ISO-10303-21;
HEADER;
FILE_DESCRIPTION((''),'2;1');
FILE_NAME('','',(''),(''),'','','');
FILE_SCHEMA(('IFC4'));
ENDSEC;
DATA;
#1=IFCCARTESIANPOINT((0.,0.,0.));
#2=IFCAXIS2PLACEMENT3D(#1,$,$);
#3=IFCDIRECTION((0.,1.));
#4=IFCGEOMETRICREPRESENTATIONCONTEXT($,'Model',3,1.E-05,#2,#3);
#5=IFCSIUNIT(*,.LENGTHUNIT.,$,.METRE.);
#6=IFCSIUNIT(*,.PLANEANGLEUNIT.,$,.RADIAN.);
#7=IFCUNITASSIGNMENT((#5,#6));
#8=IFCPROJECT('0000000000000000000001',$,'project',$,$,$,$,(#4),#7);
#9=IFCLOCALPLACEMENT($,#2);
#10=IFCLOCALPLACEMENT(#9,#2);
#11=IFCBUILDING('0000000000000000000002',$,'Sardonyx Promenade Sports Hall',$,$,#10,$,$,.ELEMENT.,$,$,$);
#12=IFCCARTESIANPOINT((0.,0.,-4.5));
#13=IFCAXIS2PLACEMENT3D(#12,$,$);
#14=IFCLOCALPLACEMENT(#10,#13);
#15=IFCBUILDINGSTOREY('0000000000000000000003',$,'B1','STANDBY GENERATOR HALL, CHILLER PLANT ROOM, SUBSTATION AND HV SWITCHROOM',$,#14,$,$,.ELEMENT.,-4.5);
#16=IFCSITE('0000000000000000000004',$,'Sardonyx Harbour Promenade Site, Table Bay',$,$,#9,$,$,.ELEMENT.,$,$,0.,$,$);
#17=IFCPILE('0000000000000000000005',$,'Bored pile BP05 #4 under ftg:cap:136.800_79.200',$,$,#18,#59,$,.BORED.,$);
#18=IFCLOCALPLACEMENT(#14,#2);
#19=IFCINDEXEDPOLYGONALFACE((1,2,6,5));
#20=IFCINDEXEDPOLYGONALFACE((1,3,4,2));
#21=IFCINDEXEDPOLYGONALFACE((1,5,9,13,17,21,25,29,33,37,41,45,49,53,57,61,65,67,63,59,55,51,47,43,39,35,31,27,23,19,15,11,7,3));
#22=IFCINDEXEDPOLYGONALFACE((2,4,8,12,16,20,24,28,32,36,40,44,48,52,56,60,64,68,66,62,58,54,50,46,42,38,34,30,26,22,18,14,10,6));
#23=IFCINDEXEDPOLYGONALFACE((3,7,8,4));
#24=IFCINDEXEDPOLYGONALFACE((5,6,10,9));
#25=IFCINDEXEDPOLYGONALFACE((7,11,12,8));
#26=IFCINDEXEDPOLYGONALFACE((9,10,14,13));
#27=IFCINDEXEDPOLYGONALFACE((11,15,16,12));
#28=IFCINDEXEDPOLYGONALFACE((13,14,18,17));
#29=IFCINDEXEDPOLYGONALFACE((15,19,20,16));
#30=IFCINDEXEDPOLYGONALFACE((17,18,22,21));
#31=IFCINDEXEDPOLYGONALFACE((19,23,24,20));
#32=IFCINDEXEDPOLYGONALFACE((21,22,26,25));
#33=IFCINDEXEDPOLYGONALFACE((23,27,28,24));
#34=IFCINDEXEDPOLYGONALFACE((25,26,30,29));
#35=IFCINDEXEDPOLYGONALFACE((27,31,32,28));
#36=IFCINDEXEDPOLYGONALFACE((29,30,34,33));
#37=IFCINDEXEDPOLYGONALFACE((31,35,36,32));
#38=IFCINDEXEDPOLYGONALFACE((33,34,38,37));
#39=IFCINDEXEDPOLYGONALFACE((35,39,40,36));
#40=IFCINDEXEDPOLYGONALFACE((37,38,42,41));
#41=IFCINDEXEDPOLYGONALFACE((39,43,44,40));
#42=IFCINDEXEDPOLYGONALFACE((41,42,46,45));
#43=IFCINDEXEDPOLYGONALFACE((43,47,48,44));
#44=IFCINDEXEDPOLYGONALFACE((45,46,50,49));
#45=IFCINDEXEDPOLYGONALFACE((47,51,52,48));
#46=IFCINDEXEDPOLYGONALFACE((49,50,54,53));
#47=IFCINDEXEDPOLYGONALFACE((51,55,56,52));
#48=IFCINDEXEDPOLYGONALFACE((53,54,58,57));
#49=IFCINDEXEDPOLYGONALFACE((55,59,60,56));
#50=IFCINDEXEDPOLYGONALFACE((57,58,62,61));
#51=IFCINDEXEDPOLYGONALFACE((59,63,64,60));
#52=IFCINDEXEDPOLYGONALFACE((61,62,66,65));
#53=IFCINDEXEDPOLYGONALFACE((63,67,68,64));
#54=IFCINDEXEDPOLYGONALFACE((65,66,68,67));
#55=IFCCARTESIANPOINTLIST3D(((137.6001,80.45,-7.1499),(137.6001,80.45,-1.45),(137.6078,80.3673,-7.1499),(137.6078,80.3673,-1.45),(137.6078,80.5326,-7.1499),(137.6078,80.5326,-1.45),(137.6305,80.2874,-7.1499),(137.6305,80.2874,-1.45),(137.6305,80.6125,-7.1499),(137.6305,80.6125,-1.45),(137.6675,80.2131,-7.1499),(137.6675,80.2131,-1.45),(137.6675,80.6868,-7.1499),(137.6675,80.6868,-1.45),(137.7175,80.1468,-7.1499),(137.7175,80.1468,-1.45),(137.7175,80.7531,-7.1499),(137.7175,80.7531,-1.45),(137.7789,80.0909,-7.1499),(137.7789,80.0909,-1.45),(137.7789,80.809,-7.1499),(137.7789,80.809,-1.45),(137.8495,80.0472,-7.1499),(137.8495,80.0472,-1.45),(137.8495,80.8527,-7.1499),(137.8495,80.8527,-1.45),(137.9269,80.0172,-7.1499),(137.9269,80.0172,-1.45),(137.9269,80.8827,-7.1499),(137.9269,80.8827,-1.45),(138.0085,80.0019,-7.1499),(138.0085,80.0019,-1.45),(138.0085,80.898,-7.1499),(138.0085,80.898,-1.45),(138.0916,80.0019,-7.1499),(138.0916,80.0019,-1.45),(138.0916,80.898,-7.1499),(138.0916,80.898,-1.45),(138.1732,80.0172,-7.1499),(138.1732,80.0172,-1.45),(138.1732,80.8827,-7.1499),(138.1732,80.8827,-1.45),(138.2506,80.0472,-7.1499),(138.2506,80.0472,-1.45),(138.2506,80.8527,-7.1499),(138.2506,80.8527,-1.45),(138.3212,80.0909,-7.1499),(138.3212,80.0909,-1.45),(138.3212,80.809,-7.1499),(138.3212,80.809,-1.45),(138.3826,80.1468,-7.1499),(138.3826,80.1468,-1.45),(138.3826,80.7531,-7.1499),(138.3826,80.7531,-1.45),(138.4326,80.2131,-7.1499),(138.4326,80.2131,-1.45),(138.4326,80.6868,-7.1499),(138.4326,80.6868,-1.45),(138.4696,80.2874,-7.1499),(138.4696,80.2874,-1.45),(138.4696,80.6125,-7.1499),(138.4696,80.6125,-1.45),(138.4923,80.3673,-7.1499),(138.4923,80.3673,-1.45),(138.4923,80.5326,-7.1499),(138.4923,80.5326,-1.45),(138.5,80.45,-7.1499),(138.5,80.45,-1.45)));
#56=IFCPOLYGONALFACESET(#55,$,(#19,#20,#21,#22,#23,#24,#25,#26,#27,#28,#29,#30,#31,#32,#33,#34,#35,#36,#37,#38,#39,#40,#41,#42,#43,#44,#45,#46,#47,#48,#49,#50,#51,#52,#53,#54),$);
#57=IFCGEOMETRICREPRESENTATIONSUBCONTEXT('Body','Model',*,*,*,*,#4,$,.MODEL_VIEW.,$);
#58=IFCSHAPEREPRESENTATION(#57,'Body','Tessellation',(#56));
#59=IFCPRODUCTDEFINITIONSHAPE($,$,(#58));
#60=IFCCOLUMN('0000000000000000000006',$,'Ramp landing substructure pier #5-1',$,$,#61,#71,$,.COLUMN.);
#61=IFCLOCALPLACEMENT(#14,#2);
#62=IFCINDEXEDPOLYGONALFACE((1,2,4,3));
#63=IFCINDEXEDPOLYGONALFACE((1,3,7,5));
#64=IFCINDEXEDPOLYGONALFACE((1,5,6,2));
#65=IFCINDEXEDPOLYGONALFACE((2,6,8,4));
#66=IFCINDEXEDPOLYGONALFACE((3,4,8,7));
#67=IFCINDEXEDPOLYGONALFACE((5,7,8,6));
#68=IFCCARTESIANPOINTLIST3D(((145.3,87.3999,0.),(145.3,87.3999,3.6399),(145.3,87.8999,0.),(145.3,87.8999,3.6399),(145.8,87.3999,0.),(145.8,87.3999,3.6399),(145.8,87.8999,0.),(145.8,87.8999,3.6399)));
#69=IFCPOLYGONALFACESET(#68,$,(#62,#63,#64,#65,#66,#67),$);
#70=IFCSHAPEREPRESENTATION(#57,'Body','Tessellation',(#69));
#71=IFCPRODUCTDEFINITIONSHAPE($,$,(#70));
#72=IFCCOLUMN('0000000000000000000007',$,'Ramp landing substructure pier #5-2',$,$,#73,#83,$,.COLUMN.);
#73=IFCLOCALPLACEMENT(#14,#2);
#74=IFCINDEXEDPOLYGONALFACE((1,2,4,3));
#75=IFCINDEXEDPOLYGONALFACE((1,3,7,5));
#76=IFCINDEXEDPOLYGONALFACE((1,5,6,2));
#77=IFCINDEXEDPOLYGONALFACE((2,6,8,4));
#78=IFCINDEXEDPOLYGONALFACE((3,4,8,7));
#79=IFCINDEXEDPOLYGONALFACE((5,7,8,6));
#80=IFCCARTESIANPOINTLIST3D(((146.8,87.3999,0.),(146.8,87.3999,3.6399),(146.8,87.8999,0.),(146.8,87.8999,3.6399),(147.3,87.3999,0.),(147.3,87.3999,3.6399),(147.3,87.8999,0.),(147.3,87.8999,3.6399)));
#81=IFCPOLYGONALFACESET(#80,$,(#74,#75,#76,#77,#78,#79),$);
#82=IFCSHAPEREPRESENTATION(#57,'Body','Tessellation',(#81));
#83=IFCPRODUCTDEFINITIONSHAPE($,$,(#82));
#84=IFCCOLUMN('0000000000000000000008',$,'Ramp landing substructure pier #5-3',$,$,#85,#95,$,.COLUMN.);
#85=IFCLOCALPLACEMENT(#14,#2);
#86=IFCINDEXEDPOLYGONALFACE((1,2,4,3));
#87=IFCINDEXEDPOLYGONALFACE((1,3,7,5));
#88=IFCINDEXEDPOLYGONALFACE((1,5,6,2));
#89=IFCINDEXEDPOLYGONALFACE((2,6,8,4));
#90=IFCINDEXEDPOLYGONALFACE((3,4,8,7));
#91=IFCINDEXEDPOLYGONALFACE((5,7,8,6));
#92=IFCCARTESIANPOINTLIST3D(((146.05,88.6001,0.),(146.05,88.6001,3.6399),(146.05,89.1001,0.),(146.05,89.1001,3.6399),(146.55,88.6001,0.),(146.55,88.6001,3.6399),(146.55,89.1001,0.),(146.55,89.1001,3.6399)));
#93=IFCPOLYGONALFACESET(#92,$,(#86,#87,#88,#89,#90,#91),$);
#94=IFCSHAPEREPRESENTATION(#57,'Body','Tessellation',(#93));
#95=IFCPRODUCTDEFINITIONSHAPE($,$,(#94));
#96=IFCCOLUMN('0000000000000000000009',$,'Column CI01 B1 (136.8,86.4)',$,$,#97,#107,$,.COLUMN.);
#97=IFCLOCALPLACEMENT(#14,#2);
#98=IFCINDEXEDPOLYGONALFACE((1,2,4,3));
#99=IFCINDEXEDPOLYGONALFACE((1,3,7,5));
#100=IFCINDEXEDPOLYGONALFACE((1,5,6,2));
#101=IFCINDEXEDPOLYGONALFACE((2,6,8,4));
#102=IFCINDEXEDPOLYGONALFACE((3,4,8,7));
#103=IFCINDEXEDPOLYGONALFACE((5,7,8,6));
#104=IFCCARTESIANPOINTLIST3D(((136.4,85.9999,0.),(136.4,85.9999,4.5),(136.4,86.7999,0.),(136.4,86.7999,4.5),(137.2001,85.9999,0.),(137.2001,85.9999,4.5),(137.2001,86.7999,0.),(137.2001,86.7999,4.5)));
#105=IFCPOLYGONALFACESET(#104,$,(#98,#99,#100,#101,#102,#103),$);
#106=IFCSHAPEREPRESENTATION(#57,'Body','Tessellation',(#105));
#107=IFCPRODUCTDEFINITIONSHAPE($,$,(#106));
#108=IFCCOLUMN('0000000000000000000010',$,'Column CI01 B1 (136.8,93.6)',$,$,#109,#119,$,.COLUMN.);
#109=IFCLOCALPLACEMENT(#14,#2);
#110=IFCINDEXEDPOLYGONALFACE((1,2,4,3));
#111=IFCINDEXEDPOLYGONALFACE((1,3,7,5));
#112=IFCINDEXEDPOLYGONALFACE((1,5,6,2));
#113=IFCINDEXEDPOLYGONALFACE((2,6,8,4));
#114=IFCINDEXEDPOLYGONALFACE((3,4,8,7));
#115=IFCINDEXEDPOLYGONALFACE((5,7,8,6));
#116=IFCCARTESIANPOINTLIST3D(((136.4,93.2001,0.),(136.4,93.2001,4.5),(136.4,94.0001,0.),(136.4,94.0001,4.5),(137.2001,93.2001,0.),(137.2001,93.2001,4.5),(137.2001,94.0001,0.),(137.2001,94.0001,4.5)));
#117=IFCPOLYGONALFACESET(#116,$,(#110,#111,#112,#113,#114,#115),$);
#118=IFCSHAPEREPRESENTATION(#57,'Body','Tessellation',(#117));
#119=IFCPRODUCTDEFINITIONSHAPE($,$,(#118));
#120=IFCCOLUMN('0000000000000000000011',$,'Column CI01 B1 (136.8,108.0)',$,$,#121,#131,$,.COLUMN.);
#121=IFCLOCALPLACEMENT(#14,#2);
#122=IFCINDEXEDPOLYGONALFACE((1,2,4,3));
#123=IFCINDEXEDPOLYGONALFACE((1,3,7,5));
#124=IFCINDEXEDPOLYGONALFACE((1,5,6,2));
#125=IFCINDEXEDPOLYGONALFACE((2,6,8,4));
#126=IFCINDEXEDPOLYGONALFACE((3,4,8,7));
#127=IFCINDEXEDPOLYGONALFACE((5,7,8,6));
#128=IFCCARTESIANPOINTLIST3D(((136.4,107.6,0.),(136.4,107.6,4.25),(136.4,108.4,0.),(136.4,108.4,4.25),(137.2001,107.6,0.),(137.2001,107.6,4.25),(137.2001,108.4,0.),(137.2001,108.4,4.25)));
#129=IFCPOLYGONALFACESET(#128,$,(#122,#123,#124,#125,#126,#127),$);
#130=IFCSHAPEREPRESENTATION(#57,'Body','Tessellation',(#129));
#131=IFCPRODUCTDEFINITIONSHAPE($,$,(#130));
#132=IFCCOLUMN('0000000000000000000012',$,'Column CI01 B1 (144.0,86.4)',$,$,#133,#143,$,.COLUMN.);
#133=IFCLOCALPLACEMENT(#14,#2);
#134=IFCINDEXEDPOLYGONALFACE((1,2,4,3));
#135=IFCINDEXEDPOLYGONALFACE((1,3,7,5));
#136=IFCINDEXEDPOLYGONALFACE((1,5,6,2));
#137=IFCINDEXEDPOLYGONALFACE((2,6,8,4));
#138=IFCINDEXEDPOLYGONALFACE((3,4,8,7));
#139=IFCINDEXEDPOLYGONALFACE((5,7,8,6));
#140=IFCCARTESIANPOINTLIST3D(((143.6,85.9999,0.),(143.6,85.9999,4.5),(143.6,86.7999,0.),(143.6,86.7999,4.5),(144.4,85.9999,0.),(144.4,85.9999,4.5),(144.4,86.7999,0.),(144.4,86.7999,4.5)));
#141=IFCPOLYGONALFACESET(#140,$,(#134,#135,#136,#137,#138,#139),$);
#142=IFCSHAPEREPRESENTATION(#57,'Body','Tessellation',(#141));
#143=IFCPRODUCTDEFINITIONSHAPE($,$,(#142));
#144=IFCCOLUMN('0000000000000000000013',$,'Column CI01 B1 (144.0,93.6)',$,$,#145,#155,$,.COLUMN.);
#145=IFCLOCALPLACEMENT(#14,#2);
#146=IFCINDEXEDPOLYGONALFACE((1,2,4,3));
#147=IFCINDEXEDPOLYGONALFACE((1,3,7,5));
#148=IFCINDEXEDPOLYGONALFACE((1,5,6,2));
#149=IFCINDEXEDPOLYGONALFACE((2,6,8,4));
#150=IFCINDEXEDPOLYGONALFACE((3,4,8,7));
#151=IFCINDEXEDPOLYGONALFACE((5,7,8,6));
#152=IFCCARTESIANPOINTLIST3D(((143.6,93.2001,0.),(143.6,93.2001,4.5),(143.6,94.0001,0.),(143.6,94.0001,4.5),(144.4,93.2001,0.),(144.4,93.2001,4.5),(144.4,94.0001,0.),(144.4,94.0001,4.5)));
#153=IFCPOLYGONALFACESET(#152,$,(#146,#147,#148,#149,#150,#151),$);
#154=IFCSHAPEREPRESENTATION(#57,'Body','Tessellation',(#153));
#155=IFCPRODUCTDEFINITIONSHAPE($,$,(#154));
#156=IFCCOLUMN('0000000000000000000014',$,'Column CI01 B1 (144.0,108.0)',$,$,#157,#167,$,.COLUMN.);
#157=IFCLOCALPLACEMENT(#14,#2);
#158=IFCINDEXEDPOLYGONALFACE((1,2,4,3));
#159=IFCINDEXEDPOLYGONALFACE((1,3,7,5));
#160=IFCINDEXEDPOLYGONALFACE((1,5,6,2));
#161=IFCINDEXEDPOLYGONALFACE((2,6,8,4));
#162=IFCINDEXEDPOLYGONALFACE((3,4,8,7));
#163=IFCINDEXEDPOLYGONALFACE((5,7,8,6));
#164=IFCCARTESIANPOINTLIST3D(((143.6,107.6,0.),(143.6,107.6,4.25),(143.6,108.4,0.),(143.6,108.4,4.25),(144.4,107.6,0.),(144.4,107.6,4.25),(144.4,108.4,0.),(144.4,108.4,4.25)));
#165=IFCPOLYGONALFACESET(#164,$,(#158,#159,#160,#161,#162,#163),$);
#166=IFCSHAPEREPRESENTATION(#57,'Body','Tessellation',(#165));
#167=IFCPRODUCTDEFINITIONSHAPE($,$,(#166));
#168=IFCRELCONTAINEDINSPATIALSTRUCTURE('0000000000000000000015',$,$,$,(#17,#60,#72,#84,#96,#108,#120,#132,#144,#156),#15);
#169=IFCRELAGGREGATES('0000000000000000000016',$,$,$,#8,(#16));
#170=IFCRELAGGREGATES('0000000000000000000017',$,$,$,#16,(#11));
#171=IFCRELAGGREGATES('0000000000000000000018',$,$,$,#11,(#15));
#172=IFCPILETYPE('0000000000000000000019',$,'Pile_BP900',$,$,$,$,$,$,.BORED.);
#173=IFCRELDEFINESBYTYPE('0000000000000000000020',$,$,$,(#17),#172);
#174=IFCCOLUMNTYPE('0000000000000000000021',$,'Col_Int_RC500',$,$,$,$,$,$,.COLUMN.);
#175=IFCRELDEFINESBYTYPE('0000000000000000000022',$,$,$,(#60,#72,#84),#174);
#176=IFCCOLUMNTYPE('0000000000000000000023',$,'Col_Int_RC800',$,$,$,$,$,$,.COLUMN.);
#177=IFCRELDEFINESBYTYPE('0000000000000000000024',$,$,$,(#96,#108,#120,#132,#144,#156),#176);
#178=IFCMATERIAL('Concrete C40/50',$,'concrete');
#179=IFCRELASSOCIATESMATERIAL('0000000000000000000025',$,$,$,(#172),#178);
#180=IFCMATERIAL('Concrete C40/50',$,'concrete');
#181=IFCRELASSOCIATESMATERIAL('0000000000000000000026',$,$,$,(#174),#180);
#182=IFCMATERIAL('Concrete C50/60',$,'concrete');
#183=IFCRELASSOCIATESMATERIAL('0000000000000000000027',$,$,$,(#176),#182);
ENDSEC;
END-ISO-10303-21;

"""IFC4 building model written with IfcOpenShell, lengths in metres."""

from ifc_helpers import new_model, si_unit, direction, frame, origin, origin_2d, place, context, subcontext, project, spatial, rectangle, circle, extrude, material, material_profile, profile_set, type_object, element, save


model = new_model("IFC4")

# Units and contexts
model_context = context("Model", 3, precision=1e-05, world=origin(), true_north=direction((0.0, 1.0)))
body_context = subcontext(model_context, "Body", "Model", "MODEL_VIEW")
ifc_project = project(units=[si_unit("LENGTHUNIT", "METRE"), si_unit("PLANEANGLEUNIT", "RADIAN")], contexts=[model_context])

# Site, building, storey
site_placement = place(None, origin())
site = spatial("IfcSite", under=ifc_project, at=site_placement, Name="Sardonyx Harbour Promenade Site, Table Bay", CompositionType="ELEMENT", RefElevation=0.0)
building_placement = place(site_placement, origin())
building = spatial("IfcBuilding", under=site, at=building_placement, Name="Sardonyx Promenade Sports Hall", CompositionType="ELEMENT")
storey_placement = place(building_placement, frame((0.0, 0.0, -4.5)))
storey = spatial("IfcBuildingStorey", under=building, at=storey_placement, Name="B1", Description="STANDBY GENERATOR HALL, CHILLER PLANT ROOM, SUBSTATION AND HV SWITCHROOM", CompositionType="ELEMENT", Elevation=-4.5)

# Pile
ifc_material_1 = material(Name="Concrete C40/50", Category="concrete")
ifc_material_profile_1 = material_profile(ifc_material_1, circle(Radius=0.45, at=origin_2d()))
ifc_profile_set_1 = profile_set([ifc_material_profile_1], Name="Concrete C40/50")
pile_type_1 = type_object("IfcPileType", Name="Pile_BP900", PredefinedType="BORED", material=ifc_profile_set_1)
for number, where, z_axis, x_axis, name in (
    (1, (138.05, 80.45, -1.45), (0.0, 0.0, -1.0), (1.0, 0.0, 0.0), "Bored pile BP05 #4 under ftg:cap:136.800_79.200"),
):
    element("IfcPile", number, at=place(storey_placement, frame(where, z_axis=z_axis, x_axis=x_axis)), inside=storey, type_object=pile_type_1, Name=name, PredefinedType="BORED", context=body_context, shape_type="SweptSolid", body=[
        extrude(circle(Radius=0.45, at=origin_2d()), origin(), (0.0, 0.0, 1.0), 5.7),
    ])

# Columns
ifc_material_2 = material(Name="Concrete C40/50", Category="concrete")
ifc_material_profile_2 = material_profile(ifc_material_2, rectangle(XDim=0.5, YDim=0.5, at=origin_2d()))
ifc_profile_set_2 = profile_set([ifc_material_profile_2], Name="Concrete C40/50")
column_type_1 = type_object("IfcColumnType", Name="Col_Int_RC500", PredefinedType="COLUMN", material=ifc_profile_set_2)
for number, where, z_axis, x_axis, name in (
    (2, (145.55, 87.6499, 0.0), (0.0, 0.0, 1.0), (1.0, 0.0, 0.0), "Ramp landing substructure pier #5-1"),
    (3, (147.05, 87.6499, 0.0), (0.0, 0.0, 1.0), (1.0, 0.0, 0.0), "Ramp landing substructure pier #5-2"),
    (4, (146.3, 88.8501, 0.0), (0.0, 0.0, 1.0), (1.0, 0.0, 0.0), "Ramp landing substructure pier #5-3"),
):
    element("IfcColumn", number, at=place(storey_placement, frame(where, z_axis=z_axis, x_axis=x_axis)), inside=storey, type_object=column_type_1, Name=name, PredefinedType="COLUMN", context=body_context, shape_type="SweptSolid", body=[
        extrude(rectangle(XDim=0.5, YDim=0.5, at=origin_2d()), origin(), (0.0, 0.0, 1.0), 3.6399),
    ])
ifc_material_3 = material(Name="Concrete C50/60", Category="concrete")
ifc_material_profile_3 = material_profile(ifc_material_3, rectangle(XDim=0.8, YDim=0.8, at=origin_2d()))
ifc_profile_set_3 = profile_set([ifc_material_profile_3], Name="Concrete C50/60")
column_type_2 = type_object("IfcColumnType", Name="Col_Int_RC800", PredefinedType="COLUMN", material=ifc_profile_set_3)
for number, where, z_axis, x_axis, name in (
    (5, (136.8, 86.3999, 0.0), (0.0, 0.0, 1.0), (1.0, 0.0, 0.0), "Column CI01 B1 (136.8,86.4)"),
    (6, (136.8, 93.6001, 0.0), (0.0, 0.0, 1.0), (1.0, 0.0, 0.0), "Column CI01 B1 (136.8,93.6)"),
):
    element("IfcColumn", number, at=place(storey_placement, frame(where, z_axis=z_axis, x_axis=x_axis)), inside=storey, type_object=column_type_2, Name=name, PredefinedType="COLUMN", context=body_context, shape_type="SweptSolid", body=[
        extrude(rectangle(XDim=0.8, YDim=0.8, at=origin_2d()), origin(), (0.0, 0.0, 1.0), 4.5),
    ])
column_1_placement = place(storey_placement, frame((136.8, 108.0, 0.0), z_axis=(0.0, 0.0, 1.0), x_axis=(1.0, 0.0, 0.0)))
element("IfcColumn", 7, at=column_1_placement, inside=storey, type_object=column_type_2, Name="Column CI01 B1 (136.8,108.0)", PredefinedType="COLUMN", context=body_context, shape_type="SweptSolid", body=[
    extrude(rectangle(XDim=0.8, YDim=0.8, at=origin_2d()), origin(), (0.0, 0.0, 1.0), 4.25),
])
for number, where, z_axis, x_axis, name in (
    (8, (144.0, 86.3999, 0.0), (0.0, 0.0, 1.0), (1.0, 0.0, 0.0), "Column CI01 B1 (144.0,86.4)"),
    (9, (144.0, 93.6001, 0.0), (0.0, 0.0, 1.0), (1.0, 0.0, 0.0), "Column CI01 B1 (144.0,93.6)"),
):
    element("IfcColumn", number, at=place(storey_placement, frame(where, z_axis=z_axis, x_axis=x_axis)), inside=storey, type_object=column_type_2, Name=name, PredefinedType="COLUMN", context=body_context, shape_type="SweptSolid", body=[
        extrude(rectangle(XDim=0.8, YDim=0.8, at=origin_2d()), origin(), (0.0, 0.0, 1.0), 4.5),
    ])
column_2_placement = place(storey_placement, frame((144.0, 108.0, 0.0), z_axis=(0.0, 0.0, 1.0), x_axis=(1.0, 0.0, 0.0)))
element("IfcColumn", 10, at=column_2_placement, inside=storey, type_object=column_type_2, Name="Column CI01 B1 (144.0,108.0)", PredefinedType="COLUMN", context=body_context, shape_type="SweptSolid", body=[
    extrude(rectangle(XDim=0.8, YDim=0.8, at=origin_2d()), origin(), (0.0, 0.0, 1.0), 4.25),
])

save(model, "model.ifc")
